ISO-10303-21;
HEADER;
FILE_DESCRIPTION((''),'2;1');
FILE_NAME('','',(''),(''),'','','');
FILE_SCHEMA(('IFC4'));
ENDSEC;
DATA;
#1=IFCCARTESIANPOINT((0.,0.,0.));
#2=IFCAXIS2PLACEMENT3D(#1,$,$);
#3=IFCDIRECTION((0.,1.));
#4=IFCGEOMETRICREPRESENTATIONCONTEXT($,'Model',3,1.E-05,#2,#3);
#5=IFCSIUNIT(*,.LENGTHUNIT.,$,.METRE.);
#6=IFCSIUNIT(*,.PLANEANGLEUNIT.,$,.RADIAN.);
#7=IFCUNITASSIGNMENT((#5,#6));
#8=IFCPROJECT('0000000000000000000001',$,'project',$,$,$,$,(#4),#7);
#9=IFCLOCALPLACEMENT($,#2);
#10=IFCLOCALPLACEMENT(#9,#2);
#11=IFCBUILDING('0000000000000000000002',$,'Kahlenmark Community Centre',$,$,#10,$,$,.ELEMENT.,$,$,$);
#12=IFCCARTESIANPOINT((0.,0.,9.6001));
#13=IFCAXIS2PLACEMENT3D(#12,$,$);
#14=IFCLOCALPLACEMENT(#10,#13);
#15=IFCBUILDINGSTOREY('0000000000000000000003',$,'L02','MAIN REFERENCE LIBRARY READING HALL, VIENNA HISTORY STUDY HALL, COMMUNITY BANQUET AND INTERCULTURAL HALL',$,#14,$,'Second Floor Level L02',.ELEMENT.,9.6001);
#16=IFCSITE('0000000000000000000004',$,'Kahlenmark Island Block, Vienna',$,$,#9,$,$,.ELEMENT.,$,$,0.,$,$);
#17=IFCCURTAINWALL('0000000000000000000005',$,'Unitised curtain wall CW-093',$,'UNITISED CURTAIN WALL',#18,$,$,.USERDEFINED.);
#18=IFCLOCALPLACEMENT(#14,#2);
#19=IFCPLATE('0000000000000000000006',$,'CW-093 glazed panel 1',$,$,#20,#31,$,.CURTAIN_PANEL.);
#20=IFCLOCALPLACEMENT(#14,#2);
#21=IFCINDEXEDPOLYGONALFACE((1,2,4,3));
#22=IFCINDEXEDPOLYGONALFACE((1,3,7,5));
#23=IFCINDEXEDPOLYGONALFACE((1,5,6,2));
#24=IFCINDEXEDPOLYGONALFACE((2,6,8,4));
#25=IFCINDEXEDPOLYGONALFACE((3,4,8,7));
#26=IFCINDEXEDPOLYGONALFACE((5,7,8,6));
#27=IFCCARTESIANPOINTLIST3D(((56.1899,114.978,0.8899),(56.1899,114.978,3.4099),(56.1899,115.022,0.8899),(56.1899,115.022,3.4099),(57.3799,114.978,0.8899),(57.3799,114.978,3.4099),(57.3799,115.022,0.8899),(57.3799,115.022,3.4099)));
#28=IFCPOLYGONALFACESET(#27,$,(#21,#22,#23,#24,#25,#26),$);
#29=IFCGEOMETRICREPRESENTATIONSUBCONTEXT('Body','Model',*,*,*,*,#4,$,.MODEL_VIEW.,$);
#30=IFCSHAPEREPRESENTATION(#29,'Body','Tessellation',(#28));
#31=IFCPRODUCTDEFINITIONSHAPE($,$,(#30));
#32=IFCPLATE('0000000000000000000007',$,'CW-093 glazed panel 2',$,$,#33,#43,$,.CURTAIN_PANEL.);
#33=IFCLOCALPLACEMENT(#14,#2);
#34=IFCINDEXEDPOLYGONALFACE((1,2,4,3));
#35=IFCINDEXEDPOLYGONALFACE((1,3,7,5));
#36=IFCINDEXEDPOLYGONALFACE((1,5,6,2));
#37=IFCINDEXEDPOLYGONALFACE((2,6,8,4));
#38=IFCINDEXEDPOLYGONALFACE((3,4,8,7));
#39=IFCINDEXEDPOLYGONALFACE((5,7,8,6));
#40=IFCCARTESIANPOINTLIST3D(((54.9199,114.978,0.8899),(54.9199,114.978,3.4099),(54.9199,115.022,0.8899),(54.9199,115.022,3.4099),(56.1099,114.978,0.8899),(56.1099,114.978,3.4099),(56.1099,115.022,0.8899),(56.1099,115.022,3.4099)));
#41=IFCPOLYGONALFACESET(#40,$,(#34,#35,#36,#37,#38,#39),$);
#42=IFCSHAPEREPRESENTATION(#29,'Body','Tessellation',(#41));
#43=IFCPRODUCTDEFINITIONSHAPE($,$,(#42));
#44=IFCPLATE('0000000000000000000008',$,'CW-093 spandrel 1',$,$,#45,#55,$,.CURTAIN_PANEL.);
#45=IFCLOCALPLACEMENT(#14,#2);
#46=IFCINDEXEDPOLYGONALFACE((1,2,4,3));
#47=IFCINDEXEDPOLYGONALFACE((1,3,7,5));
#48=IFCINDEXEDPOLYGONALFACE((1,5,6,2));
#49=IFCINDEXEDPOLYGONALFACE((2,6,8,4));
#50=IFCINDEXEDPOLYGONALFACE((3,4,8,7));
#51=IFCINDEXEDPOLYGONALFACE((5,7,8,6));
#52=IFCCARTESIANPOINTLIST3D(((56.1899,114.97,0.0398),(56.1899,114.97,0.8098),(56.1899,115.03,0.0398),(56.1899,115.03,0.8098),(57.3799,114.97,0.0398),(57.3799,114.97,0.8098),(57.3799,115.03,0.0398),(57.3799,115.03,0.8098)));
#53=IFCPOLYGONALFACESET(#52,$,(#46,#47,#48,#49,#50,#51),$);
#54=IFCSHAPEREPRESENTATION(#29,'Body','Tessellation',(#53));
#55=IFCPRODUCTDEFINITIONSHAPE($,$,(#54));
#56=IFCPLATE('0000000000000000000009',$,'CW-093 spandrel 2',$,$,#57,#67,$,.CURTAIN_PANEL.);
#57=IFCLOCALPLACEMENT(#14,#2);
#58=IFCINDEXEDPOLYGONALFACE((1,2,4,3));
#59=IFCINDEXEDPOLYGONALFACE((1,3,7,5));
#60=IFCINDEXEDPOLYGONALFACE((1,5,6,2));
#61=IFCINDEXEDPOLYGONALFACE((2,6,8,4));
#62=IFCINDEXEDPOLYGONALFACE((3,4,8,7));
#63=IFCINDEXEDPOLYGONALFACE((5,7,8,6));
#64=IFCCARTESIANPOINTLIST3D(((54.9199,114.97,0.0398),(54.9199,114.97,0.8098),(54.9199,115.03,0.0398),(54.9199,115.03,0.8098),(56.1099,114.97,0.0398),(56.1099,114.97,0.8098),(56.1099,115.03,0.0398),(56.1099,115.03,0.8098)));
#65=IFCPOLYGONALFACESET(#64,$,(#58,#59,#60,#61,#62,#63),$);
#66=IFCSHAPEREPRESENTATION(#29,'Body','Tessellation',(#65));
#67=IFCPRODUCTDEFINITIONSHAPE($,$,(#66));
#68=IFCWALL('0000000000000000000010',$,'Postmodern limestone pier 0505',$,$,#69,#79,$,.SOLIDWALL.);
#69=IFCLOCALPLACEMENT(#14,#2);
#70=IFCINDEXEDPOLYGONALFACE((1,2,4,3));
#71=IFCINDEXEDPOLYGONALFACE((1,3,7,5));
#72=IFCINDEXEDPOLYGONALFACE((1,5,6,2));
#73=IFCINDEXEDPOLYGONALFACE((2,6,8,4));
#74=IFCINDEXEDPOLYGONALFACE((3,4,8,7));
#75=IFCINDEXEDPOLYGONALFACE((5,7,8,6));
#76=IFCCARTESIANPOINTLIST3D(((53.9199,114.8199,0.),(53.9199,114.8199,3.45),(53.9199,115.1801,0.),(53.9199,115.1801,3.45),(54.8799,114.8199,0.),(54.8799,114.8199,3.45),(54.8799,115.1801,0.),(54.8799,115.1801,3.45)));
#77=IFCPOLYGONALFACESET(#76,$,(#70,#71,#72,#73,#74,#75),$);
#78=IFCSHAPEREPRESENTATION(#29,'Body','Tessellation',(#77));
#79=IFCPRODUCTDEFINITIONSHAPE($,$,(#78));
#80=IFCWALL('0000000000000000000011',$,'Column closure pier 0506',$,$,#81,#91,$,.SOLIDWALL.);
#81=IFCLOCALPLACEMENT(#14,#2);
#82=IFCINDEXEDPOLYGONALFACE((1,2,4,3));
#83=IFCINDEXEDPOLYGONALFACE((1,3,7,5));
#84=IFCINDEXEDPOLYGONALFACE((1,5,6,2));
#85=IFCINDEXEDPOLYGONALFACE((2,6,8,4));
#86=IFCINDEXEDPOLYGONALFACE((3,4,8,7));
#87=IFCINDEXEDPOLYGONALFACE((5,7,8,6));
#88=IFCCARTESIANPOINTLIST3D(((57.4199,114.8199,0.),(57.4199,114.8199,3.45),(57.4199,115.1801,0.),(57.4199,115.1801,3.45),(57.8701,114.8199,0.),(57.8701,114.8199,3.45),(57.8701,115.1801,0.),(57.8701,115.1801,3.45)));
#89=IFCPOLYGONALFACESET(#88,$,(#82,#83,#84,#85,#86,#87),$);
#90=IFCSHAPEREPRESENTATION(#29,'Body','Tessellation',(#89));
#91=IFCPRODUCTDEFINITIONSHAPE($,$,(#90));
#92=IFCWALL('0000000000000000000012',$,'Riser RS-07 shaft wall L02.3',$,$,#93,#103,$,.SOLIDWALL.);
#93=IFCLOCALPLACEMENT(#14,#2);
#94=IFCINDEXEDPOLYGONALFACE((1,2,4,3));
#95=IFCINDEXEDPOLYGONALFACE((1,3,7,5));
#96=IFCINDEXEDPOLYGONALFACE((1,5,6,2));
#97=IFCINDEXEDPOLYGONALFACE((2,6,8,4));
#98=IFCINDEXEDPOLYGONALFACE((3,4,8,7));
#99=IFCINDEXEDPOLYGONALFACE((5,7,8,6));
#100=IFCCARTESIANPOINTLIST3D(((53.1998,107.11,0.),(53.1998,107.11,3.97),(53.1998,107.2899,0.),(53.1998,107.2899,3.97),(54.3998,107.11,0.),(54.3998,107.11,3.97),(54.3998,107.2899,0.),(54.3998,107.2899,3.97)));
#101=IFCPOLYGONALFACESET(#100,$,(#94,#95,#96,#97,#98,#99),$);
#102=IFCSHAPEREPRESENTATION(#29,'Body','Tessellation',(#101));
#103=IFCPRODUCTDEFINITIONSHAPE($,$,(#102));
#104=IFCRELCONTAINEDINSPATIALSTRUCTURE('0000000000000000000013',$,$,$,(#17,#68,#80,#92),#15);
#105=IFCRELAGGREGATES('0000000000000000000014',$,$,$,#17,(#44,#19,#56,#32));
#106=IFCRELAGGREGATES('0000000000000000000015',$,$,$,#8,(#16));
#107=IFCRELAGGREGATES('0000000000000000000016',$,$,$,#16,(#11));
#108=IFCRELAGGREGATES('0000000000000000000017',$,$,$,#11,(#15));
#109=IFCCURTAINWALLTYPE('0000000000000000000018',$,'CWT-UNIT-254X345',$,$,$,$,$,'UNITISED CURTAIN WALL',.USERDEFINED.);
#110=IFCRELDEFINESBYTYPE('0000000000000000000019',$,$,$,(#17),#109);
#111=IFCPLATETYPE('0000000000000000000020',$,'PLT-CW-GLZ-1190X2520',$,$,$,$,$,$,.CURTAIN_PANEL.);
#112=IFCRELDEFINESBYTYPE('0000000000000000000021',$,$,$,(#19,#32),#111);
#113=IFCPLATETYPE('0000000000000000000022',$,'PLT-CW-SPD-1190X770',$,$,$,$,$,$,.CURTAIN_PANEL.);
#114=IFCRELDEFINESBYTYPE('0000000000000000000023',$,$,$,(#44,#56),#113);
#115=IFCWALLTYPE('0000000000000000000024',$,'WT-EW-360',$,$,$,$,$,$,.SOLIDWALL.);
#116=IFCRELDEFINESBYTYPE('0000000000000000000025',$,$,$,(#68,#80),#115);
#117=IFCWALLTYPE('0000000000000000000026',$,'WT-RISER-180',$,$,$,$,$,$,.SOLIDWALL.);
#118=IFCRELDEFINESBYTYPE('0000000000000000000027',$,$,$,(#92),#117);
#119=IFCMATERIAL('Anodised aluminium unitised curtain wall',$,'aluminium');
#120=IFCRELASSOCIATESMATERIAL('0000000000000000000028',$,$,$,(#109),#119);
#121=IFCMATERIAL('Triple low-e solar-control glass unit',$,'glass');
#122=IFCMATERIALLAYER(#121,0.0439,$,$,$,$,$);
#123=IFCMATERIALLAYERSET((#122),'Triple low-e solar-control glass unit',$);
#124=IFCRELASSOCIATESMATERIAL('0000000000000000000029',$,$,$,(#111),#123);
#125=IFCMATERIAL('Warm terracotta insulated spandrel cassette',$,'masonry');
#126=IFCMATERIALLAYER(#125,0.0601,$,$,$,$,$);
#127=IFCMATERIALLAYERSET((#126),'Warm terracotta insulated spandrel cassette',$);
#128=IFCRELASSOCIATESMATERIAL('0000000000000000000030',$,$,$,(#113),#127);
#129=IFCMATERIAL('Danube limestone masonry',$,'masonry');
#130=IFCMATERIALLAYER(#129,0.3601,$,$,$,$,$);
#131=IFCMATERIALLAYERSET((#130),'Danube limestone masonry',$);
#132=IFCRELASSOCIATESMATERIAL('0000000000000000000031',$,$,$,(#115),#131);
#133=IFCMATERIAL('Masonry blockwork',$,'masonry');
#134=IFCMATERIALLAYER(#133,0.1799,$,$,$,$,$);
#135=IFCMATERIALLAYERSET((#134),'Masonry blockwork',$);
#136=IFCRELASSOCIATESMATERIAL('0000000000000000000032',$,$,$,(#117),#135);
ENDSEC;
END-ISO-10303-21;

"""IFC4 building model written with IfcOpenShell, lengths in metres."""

from ifc_helpers import new_model, si_unit, direction, frame, frame_2d, origin, origin_2d, place, context, subcontext, project, spatial, rectangle, extrude, material, layer, layer_set, type_object, element, aggregate, save


model = new_model("IFC4")

# Units and contexts
model_context = context("Model", 3, precision=1e-05, world=origin(), true_north=direction((0.0, 1.0)))
body_context = subcontext(model_context, "Body", "Model", "MODEL_VIEW")
ifc_project = project(units=[si_unit("LENGTHUNIT", "METRE"), si_unit("PLANEANGLEUNIT", "RADIAN")], contexts=[model_context])

# Site, building, storey
site_placement = place(None, origin())
site = spatial("IfcSite", under=ifc_project, at=site_placement, Name="Kahlenmark Island Block, Vienna", CompositionType="ELEMENT", RefElevation=0.0)
building_placement = place(site_placement, origin())
building = spatial("IfcBuilding", under=site, at=building_placement, Name="Kahlenmark Community Centre", CompositionType="ELEMENT")
storey_placement = place(building_placement, frame((0.0, 0.0, 9.6001)))
storey = spatial("IfcBuildingStorey", under=building, at=storey_placement, Name="L02", Description="MAIN REFERENCE LIBRARY READING HALL, VIENNA HISTORY STUDY HALL, COMMUNITY BANQUET AND INTERCULTURAL HALL", LongName="Second Floor Level L02", CompositionType="ELEMENT", Elevation=9.6001)

# Curtain wall, plates
ifc_material_1 = material(Name="Anodised aluminium unitised curtain wall", Category="aluminium")
curtain_wall_type = type_object("IfcCurtainWallType", Name="CWT-UNIT-254X345", ElementType="UNITISED CURTAIN WALL", PredefinedType="USERDEFINED", material=ifc_material_1)
curtain_wall_placement = place(storey_placement, origin())
curtain_wall = element("IfcCurtainWall", 1, at=curtain_wall_placement, inside=storey, type_object=curtain_wall_type, Name="Unitised curtain wall CW-093", ObjectType="UNITISED CURTAIN WALL", PredefinedType="USERDEFINED")
ifc_material_2 = material(Name="Triple low-e solar-control glass unit", Category="glass")
ifc_layer_1 = layer(ifc_material_2, 0.0439)
ifc_layer_set_1 = layer_set([ifc_layer_1], Name="Triple low-e solar-control glass unit")
plate_type_1 = type_object("IfcPlateType", Name="PLT-CW-GLZ-1190X2520", PredefinedType="CURTAIN_PANEL", material=ifc_layer_set_1)
plate_1_placement = place(storey_placement, frame((56.7849, 115.0, 0.8899), z_axis=(0.0, 0.0, 1.0), x_axis=(-1.0, 0.0, 0.0)))
plate_1 = element("IfcPlate", 2, at=plate_1_placement, type_object=plate_type_1, Name="CW-093 glazed panel 1", PredefinedType="CURTAIN_PANEL", context=body_context, shape_type="SweptSolid", body=[
    extrude(rectangle(XDim=1.1899, YDim=0.0439, at=origin_2d()), origin(), (0.0, 0.0, 1.0), 2.52),
])
plate_2_placement = place(storey_placement, frame((55.5149, 115.0, 0.8899), z_axis=(0.0, 0.0, 1.0), x_axis=(-1.0, 0.0, 0.0)))
plate_2 = element("IfcPlate", 3, at=plate_2_placement, type_object=plate_type_1, Name="CW-093 glazed panel 2", PredefinedType="CURTAIN_PANEL", context=body_context, shape_type="SweptSolid", body=[
    extrude(rectangle(XDim=1.1899, YDim=0.0439, at=origin_2d()), origin(), (0.0, 0.0, 1.0), 2.52),
])
ifc_material_3 = material(Name="Warm terracotta insulated spandrel cassette", Category="masonry")
ifc_layer_2 = layer(ifc_material_3, 0.0601)
ifc_layer_set_2 = layer_set([ifc_layer_2], Name="Warm terracotta insulated spandrel cassette")
plate_type_2 = type_object("IfcPlateType", Name="PLT-CW-SPD-1190X770", PredefinedType="CURTAIN_PANEL", material=ifc_layer_set_2)
plate_3_placement = place(storey_placement, frame((56.7849, 115.0, 0.0398), z_axis=(0.0, 0.0, 1.0), x_axis=(-1.0, 0.0, 0.0)))
plate_3 = element("IfcPlate", 4, at=plate_3_placement, type_object=plate_type_2, Name="CW-093 spandrel 1", PredefinedType="CURTAIN_PANEL", context=body_context, shape_type="SweptSolid", body=[
    extrude(rectangle(XDim=1.1899, YDim=0.0601, at=origin_2d()), origin(), (0.0, 0.0, 1.0), 0.77),
])
plate_4_placement = place(storey_placement, frame((55.5149, 115.0, 0.0398), z_axis=(0.0, 0.0, 1.0), x_axis=(-1.0, 0.0, 0.0)))
plate_4 = element("IfcPlate", 5, at=plate_4_placement, type_object=plate_type_2, Name="CW-093 spandrel 2", PredefinedType="CURTAIN_PANEL", context=body_context, shape_type="SweptSolid", body=[
    extrude(rectangle(XDim=1.1899, YDim=0.0601, at=origin_2d()), origin(), (0.0, 0.0, 1.0), 0.77),
])
aggregate(curtain_wall, [plate_3, plate_1, plate_4, plate_2])

# Walls
ifc_material_4 = material(Name="Danube limestone masonry", Category="masonry")
ifc_layer_3 = layer(ifc_material_4, 0.3601)
ifc_layer_set_3 = layer_set([ifc_layer_3], Name="Danube limestone masonry")
wall_type_1 = type_object("IfcWallType", Name="WT-EW-360", PredefinedType="SOLIDWALL", material=ifc_layer_set_3)
wall_1_placement = place(storey_placement, frame((54.8799, 115.0, 0.0), z_axis=(0.0, 0.0, 1.0), x_axis=(-1.0, 0.0, 0.0)))
element("IfcWall", 6, at=wall_1_placement, inside=storey, type_object=wall_type_1, Name="Postmodern limestone pier 0505", PredefinedType="SOLIDWALL", context=body_context, shape_type="SweptSolid", body=[
    extrude(rectangle(XDim=0.96, YDim=0.3601, at=frame_2d((0.48, 0.0))), origin(), (0.0, 0.0, 1.0), 3.45),
])
wall_2_placement = place(storey_placement, frame((57.8701, 115.0, 0.0), z_axis=(0.0, 0.0, 1.0), x_axis=(-1.0, 0.0, 0.0)))
element("IfcWall", 7, at=wall_2_placement, inside=storey, type_object=wall_type_1, Name="Column closure pier 0506", PredefinedType="SOLIDWALL", context=body_context, shape_type="SweptSolid", body=[
    extrude(rectangle(XDim=0.4502, YDim=0.3601, at=frame_2d((0.2251, 0.0))), origin(), (0.0, 0.0, 1.0), 3.45),
])
ifc_material_5 = material(Name="Masonry blockwork", Category="masonry")
ifc_layer_4 = layer(ifc_material_5, 0.1799)
ifc_layer_set_4 = layer_set([ifc_layer_4], Name="Masonry blockwork")
wall_type_2 = type_object("IfcWallType", Name="WT-RISER-180", PredefinedType="SOLIDWALL", material=ifc_layer_set_4)
wall_3_placement = place(storey_placement, frame((54.3999, 107.2, 0.0), z_axis=(0.0, 0.0, 1.0), x_axis=(-1.0, 0.0, 0.0)))
element("IfcWall", 8, at=wall_3_placement, inside=storey, type_object=wall_type_2, Name="Riser RS-07 shaft wall L02.3", PredefinedType="SOLIDWALL", context=body_context, shape_type="SweptSolid", body=[
    extrude(rectangle(XDim=1.2, YDim=0.1799, at=frame_2d((0.6001, 0.0))), origin(), (0.0, 0.0, 1.0), 3.97),
])

save(model, "model.ifc")
